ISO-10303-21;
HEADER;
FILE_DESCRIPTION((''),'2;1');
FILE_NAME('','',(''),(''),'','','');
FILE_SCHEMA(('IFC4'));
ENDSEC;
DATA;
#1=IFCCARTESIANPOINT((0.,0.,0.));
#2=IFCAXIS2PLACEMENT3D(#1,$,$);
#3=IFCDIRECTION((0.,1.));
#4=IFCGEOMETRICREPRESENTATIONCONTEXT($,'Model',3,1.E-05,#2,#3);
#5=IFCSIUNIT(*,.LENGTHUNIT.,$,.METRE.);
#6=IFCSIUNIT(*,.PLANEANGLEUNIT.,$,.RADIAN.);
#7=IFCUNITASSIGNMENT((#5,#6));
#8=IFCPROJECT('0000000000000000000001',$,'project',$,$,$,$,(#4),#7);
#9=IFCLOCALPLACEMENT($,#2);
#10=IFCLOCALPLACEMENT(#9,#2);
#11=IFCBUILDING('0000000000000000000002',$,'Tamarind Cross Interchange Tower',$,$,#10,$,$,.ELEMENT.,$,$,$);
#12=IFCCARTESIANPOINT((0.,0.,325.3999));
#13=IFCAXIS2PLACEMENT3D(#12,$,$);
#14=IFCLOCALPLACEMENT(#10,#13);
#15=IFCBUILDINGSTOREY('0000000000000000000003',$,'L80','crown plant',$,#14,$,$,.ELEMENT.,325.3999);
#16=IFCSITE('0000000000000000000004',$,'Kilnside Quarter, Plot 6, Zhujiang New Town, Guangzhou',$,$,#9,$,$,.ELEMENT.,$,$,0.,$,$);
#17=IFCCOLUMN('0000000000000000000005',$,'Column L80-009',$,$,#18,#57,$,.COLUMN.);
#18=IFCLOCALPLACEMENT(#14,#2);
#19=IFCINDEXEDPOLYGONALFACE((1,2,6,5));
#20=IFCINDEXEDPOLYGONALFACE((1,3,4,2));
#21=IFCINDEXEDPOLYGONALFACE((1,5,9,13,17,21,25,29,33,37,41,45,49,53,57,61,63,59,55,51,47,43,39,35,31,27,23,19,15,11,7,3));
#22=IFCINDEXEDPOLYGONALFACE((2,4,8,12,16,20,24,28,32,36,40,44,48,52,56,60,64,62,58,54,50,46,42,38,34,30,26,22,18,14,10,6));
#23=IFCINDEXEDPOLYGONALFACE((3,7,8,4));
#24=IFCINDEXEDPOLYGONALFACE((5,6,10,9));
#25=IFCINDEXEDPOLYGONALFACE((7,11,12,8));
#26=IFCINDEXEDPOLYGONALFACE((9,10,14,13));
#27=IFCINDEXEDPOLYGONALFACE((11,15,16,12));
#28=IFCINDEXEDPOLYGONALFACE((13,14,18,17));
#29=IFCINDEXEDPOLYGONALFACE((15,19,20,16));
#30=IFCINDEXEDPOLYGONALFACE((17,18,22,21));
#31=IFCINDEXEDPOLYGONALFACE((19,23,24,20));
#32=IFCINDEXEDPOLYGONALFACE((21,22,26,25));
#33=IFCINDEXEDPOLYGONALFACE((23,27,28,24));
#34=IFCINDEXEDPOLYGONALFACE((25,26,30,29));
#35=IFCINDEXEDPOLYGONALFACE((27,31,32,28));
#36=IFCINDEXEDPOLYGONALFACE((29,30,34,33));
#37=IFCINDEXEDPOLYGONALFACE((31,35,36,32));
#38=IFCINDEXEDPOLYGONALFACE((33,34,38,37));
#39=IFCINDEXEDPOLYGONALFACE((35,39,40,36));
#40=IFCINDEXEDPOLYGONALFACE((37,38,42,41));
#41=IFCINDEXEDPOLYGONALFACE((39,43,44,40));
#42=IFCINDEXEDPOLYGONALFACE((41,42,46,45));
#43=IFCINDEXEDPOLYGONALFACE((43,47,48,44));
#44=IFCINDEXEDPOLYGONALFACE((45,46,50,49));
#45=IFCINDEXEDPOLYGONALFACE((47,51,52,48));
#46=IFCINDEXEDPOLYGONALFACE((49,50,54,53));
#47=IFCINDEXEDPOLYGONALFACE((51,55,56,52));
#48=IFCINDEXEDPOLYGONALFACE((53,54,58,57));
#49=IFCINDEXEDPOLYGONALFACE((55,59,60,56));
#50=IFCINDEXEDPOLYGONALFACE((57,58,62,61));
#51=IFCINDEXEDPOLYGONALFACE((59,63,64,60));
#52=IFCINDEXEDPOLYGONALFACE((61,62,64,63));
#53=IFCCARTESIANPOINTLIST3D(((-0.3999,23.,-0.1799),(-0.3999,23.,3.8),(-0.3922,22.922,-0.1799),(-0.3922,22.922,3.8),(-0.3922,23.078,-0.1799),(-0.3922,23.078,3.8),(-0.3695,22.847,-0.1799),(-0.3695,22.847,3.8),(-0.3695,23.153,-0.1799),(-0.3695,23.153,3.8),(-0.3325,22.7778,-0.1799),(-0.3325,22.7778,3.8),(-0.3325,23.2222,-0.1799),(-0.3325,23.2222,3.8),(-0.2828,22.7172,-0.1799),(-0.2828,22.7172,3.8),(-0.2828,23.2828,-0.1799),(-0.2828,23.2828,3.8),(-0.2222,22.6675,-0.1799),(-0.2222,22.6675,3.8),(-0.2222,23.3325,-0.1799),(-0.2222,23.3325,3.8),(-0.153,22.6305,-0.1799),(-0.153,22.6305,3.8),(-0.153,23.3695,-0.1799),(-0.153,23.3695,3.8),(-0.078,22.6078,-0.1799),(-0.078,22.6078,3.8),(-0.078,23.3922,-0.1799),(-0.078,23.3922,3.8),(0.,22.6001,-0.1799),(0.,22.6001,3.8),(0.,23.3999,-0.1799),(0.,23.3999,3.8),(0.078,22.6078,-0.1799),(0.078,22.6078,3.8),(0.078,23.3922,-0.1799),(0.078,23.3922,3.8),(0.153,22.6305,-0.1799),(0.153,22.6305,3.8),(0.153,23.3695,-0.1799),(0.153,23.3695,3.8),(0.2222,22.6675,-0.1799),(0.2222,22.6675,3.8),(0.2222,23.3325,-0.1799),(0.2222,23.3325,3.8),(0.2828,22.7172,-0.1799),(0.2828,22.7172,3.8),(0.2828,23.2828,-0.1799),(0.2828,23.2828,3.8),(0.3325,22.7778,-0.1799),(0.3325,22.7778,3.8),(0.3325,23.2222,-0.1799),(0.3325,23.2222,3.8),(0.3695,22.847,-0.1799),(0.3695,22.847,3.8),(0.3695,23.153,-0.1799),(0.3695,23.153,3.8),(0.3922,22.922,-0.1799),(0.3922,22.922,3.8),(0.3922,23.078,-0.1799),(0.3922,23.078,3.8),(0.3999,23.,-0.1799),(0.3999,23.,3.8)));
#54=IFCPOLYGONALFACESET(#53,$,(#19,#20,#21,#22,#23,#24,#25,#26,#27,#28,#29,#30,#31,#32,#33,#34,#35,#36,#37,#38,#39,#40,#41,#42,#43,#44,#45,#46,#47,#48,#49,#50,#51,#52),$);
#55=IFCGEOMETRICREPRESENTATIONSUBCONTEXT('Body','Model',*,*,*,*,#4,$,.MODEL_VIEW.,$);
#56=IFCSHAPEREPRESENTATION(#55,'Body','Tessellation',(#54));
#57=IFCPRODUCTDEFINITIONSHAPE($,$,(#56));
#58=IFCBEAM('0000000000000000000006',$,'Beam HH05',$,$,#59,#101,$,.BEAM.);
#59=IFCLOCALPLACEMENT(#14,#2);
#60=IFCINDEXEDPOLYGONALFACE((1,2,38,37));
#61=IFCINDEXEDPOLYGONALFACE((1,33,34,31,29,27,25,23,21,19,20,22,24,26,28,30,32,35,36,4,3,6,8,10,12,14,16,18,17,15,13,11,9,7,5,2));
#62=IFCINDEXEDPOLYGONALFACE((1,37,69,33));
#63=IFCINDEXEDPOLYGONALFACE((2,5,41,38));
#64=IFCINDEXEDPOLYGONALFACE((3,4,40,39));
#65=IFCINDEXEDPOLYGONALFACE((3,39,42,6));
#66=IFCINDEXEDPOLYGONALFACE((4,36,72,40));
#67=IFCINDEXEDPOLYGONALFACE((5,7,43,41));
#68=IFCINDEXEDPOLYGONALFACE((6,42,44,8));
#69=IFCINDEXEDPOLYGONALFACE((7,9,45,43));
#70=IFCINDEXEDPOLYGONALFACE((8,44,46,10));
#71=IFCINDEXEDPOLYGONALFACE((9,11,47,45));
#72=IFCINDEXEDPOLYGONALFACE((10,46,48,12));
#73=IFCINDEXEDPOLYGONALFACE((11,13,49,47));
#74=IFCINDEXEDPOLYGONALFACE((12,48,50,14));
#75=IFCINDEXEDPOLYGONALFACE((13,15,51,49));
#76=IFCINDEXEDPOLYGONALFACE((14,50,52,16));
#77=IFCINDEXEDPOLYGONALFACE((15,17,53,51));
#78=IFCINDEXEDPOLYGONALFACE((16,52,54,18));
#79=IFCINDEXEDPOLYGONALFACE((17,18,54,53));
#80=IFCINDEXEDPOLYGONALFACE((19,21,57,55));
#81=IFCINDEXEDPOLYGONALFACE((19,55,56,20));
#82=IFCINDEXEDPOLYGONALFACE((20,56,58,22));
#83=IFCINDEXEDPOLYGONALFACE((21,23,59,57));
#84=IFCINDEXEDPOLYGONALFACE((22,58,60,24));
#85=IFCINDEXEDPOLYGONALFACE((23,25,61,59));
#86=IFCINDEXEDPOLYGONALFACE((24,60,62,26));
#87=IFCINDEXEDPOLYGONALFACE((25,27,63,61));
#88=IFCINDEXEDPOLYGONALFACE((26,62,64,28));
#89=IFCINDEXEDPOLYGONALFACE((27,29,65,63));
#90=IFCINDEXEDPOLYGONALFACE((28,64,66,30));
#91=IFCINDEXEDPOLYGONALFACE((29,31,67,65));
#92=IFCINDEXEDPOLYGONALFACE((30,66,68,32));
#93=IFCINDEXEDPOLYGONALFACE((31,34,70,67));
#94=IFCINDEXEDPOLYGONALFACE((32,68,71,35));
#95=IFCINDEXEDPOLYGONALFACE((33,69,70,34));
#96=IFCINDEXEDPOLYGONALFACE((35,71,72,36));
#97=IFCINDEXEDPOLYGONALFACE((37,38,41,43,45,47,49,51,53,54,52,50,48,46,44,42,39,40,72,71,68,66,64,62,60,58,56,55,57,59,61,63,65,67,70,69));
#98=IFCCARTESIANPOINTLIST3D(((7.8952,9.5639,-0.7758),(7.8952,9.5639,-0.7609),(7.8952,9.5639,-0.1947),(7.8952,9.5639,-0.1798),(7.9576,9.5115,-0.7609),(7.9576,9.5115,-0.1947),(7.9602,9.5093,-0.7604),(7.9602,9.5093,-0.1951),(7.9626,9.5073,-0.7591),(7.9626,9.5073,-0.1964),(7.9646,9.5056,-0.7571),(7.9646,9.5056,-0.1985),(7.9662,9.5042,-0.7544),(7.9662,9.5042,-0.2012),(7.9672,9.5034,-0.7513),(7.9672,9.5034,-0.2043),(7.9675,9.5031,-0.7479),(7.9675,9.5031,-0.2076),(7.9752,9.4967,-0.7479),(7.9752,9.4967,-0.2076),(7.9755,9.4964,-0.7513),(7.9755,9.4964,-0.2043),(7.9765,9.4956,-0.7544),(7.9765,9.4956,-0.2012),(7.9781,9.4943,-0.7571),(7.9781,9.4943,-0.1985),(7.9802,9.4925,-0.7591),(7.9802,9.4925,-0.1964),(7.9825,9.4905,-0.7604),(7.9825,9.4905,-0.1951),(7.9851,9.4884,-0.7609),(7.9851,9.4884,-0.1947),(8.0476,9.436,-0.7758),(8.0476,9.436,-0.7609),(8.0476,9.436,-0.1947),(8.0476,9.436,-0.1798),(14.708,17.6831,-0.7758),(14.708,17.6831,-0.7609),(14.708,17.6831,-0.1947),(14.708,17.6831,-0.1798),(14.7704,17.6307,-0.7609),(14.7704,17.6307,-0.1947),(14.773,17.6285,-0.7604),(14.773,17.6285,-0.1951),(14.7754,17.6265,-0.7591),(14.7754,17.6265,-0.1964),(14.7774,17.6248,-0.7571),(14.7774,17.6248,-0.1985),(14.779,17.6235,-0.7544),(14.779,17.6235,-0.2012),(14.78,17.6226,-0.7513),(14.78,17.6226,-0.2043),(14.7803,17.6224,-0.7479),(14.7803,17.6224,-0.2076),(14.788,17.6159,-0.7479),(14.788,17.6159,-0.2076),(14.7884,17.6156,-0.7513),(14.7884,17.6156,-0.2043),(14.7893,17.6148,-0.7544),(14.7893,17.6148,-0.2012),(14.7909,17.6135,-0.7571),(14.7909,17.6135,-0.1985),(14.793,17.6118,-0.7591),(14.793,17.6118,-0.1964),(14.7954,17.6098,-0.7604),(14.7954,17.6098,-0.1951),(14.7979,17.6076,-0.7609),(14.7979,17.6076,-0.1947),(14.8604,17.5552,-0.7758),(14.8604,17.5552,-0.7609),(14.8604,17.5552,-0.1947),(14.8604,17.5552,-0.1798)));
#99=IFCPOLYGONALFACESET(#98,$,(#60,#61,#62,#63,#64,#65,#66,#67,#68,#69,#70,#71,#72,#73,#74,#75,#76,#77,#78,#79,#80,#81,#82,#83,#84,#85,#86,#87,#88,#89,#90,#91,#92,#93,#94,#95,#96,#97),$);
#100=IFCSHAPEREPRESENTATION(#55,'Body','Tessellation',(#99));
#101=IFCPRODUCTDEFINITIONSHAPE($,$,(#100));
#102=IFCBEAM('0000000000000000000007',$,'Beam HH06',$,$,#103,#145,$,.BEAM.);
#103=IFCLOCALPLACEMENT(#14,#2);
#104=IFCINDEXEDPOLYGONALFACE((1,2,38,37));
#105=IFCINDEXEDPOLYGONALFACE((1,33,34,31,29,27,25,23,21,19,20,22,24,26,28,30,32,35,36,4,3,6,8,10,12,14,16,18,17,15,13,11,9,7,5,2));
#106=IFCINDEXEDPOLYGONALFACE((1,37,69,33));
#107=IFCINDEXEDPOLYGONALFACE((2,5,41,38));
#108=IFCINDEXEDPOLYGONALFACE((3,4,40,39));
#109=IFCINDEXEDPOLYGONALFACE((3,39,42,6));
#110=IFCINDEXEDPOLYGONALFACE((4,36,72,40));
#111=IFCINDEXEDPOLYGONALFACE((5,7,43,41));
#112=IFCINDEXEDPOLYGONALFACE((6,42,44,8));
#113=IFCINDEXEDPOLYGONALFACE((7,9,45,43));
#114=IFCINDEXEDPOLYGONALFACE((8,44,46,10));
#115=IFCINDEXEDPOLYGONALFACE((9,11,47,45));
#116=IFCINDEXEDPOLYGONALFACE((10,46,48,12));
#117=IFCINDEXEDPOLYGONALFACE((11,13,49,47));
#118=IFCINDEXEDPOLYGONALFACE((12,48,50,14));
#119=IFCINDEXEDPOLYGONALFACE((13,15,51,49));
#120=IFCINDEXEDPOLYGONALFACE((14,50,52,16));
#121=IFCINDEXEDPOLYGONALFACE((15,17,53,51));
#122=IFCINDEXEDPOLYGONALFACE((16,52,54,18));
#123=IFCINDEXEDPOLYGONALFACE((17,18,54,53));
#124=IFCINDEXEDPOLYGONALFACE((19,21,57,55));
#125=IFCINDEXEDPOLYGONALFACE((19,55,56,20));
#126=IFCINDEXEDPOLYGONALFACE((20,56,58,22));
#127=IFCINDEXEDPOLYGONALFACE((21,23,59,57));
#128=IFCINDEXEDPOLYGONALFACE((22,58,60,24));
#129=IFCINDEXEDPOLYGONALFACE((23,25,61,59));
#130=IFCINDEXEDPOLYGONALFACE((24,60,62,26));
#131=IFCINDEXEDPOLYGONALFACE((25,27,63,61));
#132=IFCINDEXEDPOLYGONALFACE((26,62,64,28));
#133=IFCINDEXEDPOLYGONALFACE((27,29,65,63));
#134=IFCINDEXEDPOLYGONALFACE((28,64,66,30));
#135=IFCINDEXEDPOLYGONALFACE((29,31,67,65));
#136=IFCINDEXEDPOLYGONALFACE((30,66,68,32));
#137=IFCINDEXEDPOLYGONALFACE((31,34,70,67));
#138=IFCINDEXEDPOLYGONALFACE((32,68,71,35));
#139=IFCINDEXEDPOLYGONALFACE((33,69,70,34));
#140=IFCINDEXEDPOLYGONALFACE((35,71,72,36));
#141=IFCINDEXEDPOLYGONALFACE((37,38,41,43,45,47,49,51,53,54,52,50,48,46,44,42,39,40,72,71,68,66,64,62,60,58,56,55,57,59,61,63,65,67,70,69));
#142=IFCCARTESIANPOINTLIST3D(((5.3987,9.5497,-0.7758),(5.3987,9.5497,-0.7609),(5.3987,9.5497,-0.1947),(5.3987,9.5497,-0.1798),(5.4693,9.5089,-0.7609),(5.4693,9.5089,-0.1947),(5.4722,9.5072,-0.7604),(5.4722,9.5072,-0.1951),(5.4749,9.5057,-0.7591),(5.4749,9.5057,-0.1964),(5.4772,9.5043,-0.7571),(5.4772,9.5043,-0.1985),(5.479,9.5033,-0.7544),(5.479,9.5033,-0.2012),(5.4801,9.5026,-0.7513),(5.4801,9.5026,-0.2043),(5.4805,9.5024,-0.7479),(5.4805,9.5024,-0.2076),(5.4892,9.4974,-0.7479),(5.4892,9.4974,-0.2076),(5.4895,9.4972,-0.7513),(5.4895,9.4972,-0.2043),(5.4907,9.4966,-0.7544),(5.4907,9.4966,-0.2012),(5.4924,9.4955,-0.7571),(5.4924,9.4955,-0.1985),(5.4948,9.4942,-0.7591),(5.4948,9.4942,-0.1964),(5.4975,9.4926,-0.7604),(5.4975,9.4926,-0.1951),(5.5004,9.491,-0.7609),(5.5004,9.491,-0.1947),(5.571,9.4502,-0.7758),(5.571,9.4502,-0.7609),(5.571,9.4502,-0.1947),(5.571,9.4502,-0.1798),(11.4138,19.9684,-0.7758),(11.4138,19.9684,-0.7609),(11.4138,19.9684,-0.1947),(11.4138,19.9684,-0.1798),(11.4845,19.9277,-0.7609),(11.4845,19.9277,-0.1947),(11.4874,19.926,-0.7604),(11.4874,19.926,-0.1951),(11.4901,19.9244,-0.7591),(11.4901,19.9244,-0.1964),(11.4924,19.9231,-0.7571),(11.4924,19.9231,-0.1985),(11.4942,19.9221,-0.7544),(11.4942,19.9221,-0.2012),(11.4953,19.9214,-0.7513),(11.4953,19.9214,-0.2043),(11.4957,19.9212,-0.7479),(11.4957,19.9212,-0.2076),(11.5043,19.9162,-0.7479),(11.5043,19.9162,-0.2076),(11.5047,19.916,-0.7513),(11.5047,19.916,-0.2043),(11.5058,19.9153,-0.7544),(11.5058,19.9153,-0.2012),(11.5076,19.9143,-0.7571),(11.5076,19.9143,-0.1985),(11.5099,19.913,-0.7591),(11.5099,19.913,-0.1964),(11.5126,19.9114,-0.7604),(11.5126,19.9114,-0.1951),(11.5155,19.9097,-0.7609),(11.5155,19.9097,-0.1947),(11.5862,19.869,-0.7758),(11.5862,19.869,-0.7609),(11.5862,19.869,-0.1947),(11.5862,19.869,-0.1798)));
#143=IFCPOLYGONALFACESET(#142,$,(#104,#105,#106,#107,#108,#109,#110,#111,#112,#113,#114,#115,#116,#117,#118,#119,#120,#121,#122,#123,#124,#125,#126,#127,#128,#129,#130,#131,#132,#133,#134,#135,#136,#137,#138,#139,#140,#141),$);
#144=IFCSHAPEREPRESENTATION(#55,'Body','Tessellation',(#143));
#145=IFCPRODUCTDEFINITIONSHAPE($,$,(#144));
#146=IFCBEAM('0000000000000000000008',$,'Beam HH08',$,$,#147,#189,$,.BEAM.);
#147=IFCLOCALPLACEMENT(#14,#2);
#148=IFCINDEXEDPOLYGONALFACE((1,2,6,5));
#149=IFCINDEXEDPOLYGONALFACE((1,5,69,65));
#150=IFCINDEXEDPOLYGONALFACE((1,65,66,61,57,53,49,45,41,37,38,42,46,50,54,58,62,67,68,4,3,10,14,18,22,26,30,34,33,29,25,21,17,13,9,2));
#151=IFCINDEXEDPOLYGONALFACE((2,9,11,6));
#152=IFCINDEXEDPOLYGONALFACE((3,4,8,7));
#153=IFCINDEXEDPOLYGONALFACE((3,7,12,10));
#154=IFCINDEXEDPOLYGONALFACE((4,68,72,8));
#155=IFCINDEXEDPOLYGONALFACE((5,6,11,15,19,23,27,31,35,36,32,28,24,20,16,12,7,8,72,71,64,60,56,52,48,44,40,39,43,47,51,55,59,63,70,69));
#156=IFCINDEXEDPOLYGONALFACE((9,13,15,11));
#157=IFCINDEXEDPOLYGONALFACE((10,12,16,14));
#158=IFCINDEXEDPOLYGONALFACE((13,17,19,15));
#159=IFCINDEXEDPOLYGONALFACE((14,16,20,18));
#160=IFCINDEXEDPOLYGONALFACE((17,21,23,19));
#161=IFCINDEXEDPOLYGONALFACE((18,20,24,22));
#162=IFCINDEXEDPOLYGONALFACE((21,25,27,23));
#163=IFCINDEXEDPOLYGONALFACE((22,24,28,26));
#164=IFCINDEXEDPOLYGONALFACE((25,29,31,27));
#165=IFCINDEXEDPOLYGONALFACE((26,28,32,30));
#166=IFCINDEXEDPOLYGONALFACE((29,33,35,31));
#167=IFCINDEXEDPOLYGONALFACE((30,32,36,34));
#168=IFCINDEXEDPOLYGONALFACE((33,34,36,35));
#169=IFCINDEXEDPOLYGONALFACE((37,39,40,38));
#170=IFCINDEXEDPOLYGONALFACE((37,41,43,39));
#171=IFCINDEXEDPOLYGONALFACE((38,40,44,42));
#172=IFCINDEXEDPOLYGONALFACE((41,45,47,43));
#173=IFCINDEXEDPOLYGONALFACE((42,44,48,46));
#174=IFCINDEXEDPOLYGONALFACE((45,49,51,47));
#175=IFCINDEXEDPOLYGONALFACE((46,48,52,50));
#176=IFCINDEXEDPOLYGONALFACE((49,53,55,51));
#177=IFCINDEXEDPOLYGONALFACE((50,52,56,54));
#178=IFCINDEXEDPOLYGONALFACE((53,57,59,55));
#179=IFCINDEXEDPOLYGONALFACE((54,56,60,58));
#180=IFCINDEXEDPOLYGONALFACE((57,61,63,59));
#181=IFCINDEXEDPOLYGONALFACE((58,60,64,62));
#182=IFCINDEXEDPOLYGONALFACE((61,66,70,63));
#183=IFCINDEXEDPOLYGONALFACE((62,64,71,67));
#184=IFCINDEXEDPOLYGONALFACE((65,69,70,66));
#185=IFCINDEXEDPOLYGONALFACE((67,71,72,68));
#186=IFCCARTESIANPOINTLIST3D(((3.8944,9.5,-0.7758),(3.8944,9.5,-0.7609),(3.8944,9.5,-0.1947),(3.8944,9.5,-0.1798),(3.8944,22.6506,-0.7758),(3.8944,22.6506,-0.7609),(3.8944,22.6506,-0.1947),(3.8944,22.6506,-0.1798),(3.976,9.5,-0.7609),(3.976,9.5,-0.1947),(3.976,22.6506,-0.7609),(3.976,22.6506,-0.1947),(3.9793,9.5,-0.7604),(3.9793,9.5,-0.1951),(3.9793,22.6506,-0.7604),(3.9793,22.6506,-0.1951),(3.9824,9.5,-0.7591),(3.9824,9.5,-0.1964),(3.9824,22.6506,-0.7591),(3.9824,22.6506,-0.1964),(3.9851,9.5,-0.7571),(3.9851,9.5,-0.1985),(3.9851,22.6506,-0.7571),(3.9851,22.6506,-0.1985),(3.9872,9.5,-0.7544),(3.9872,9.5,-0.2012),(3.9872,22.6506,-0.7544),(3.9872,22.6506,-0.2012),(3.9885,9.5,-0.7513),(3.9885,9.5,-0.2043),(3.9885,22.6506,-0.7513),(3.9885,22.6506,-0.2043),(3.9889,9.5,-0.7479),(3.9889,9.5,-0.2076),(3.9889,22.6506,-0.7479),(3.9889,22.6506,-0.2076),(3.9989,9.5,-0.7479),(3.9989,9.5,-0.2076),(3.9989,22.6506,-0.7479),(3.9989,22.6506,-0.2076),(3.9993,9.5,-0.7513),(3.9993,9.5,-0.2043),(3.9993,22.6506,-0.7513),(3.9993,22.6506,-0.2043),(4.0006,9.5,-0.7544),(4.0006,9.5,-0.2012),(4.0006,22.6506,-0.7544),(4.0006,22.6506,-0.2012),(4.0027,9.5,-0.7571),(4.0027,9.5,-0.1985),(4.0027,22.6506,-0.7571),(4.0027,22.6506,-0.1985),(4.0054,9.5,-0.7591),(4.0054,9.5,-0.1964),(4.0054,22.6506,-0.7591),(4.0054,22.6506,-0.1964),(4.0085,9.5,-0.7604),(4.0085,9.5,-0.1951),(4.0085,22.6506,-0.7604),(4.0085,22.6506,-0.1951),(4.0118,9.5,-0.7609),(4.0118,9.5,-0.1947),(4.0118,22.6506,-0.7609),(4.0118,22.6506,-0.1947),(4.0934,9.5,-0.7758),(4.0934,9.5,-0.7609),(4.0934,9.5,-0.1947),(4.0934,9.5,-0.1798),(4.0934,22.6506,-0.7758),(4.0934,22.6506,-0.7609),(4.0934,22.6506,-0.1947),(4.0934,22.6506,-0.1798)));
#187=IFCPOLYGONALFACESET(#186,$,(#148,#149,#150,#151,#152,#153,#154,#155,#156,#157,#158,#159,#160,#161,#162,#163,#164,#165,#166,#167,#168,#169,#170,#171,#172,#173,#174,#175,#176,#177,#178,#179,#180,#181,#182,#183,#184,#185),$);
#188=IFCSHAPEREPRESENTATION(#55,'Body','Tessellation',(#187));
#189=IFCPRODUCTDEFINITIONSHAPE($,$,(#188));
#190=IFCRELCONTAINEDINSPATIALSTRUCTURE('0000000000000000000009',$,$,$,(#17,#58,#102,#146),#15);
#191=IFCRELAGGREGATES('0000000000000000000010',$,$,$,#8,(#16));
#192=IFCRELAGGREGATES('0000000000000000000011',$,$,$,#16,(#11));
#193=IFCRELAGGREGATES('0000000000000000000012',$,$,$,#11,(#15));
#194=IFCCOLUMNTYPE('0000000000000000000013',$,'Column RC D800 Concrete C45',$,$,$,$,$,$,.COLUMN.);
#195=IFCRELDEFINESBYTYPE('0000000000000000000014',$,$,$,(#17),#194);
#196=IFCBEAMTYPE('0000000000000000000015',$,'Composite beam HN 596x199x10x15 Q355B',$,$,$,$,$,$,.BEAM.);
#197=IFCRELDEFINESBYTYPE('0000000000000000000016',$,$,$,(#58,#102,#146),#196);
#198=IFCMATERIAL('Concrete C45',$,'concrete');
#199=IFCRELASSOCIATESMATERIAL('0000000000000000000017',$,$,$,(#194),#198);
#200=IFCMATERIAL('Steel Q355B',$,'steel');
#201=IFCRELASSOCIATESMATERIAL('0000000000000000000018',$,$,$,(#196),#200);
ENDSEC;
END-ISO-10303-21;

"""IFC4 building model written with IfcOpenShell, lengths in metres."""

from ifc_helpers import new_model, si_unit, direction, frame, origin, origin_2d, place, context, subcontext, project, spatial, circle, i_section, extrude, material, material_profile, profile_set, type_object, element, save


model = new_model("IFC4")

# Units and contexts
model_context = context("Model", 3, precision=1e-05, world=origin(), true_north=direction((0.0, 1.0)))
body_context = subcontext(model_context, "Body", "Model", "MODEL_VIEW")
ifc_project = project(units=[si_unit("LENGTHUNIT", "METRE"), si_unit("PLANEANGLEUNIT", "RADIAN")], contexts=[model_context])

# Site, building, storey
site_placement = place(None, origin())
site = spatial("IfcSite", under=ifc_project, at=site_placement, Name="Kilnside Quarter, Plot 6, Zhujiang New Town, Guangzhou", CompositionType="ELEMENT", RefElevation=0.0)
building_placement = place(site_placement, origin())
building = spatial("IfcBuilding", under=site, at=building_placement, Name="Tamarind Cross Interchange Tower", CompositionType="ELEMENT")
storey_placement = place(building_placement, frame((0.0, 0.0, 325.3999)))
storey = spatial("IfcBuildingStorey", under=building, at=storey_placement, Name="L80", Description="crown plant", CompositionType="ELEMENT", Elevation=325.3999)

# Column
ifc_material_1 = material(Name="Concrete C45", Category="concrete")
ifc_material_profile_1 = material_profile(ifc_material_1, circle(Radius=0.3999, at=origin_2d()), Name="RC D800")
ifc_profile_set_1 = profile_set([ifc_material_profile_1], Name="Concrete C45")
column_type = type_object("IfcColumnType", Name="Column RC D800 Concrete C45", PredefinedType="COLUMN", material=ifc_profile_set_1)
for number, where, z_axis, x_axis, name in (
    (1, (0.0, 23.0, -0.1799), (0.0, 0.0, 1.0), (1.0, 0.0, 0.0), "Column L80-009"),
):
    element("IfcColumn", number, at=place(storey_placement, frame(where, z_axis=z_axis, x_axis=x_axis)), inside=storey, type_object=column_type, Name=name, PredefinedType="COLUMN", context=body_context, shape_type="SweptSolid", body=[
        extrude(circle(Radius=0.3999, at=origin_2d()), origin(), (0.0, 0.0, 1.0), 3.98),
    ])

# Beams
ifc_material_2 = material(Name="Steel Q355B", Category="steel")
ifc_material_profile_2 = material_profile(ifc_material_2, i_section(OverallWidth=0.199, OverallDepth=0.5959, WebThickness=0.01, FlangeThickness=0.0149, FilletRadius=0.0129, at=origin_2d()), Name="HN 596x199x10x15")
ifc_profile_set_2 = profile_set([ifc_material_profile_2], Name="Steel Q355B")
beam_type = type_object("IfcBeamType", Name="Composite beam HN 596x199x10x15 Q355B", PredefinedType="BEAM", material=ifc_profile_set_2)
beam_1_placement = place(storey_placement, frame((14.7842, 17.6191, -0.4778), z_axis=(-0.642786, -0.766046, 0.0), x_axis=(0.766046, -0.642786, 0.0)))
element("IfcBeam", 2, at=beam_1_placement, inside=storey, type_object=beam_type, Name="Beam HH05", PredefinedType="BEAM", context=body_context, shape_type="SweptSolid", body=[
    extrude(i_section(OverallWidth=0.199, OverallDepth=0.5959, WebThickness=0.01, FlangeThickness=0.0149, FilletRadius=0.0129, at=origin_2d()), origin(), (0.0, 0.0, 1.0), 10.5989),
])
beam_2_placement = place(storey_placement, frame((11.5, 19.9187, -0.4778), z_axis=(-0.499994, -0.866029, 0.0), x_axis=(0.866029, -0.499994, 0.0)))
element("IfcBeam", 3, at=beam_2_placement, inside=storey, type_object=beam_type, Name="Beam HH06", PredefinedType="BEAM", context=body_context, shape_type="SweptSolid", body=[
    extrude(i_section(OverallWidth=0.199, OverallDepth=0.5959, WebThickness=0.01, FlangeThickness=0.0149, FilletRadius=0.0129, at=origin_2d()), origin(), (0.0, 0.0, 1.0), 12.0305),
])
beam_3_placement = place(storey_placement, frame((3.9939, 22.6506, -0.4778), z_axis=(0.0, -1.0, 0.0), x_axis=(1.0, 0.0, 0.0)))
element("IfcBeam", 4, at=beam_3_placement, inside=storey, type_object=beam_type, Name="Beam HH08", PredefinedType="BEAM", context=body_context, shape_type="SweptSolid", body=[
    extrude(i_section(OverallWidth=0.199, OverallDepth=0.5959, WebThickness=0.01, FlangeThickness=0.0149, FilletRadius=0.0129, at=origin_2d()), origin(), (0.0, 0.0, 1.0), 13.1506),
])

save(model, "model.ifc")
